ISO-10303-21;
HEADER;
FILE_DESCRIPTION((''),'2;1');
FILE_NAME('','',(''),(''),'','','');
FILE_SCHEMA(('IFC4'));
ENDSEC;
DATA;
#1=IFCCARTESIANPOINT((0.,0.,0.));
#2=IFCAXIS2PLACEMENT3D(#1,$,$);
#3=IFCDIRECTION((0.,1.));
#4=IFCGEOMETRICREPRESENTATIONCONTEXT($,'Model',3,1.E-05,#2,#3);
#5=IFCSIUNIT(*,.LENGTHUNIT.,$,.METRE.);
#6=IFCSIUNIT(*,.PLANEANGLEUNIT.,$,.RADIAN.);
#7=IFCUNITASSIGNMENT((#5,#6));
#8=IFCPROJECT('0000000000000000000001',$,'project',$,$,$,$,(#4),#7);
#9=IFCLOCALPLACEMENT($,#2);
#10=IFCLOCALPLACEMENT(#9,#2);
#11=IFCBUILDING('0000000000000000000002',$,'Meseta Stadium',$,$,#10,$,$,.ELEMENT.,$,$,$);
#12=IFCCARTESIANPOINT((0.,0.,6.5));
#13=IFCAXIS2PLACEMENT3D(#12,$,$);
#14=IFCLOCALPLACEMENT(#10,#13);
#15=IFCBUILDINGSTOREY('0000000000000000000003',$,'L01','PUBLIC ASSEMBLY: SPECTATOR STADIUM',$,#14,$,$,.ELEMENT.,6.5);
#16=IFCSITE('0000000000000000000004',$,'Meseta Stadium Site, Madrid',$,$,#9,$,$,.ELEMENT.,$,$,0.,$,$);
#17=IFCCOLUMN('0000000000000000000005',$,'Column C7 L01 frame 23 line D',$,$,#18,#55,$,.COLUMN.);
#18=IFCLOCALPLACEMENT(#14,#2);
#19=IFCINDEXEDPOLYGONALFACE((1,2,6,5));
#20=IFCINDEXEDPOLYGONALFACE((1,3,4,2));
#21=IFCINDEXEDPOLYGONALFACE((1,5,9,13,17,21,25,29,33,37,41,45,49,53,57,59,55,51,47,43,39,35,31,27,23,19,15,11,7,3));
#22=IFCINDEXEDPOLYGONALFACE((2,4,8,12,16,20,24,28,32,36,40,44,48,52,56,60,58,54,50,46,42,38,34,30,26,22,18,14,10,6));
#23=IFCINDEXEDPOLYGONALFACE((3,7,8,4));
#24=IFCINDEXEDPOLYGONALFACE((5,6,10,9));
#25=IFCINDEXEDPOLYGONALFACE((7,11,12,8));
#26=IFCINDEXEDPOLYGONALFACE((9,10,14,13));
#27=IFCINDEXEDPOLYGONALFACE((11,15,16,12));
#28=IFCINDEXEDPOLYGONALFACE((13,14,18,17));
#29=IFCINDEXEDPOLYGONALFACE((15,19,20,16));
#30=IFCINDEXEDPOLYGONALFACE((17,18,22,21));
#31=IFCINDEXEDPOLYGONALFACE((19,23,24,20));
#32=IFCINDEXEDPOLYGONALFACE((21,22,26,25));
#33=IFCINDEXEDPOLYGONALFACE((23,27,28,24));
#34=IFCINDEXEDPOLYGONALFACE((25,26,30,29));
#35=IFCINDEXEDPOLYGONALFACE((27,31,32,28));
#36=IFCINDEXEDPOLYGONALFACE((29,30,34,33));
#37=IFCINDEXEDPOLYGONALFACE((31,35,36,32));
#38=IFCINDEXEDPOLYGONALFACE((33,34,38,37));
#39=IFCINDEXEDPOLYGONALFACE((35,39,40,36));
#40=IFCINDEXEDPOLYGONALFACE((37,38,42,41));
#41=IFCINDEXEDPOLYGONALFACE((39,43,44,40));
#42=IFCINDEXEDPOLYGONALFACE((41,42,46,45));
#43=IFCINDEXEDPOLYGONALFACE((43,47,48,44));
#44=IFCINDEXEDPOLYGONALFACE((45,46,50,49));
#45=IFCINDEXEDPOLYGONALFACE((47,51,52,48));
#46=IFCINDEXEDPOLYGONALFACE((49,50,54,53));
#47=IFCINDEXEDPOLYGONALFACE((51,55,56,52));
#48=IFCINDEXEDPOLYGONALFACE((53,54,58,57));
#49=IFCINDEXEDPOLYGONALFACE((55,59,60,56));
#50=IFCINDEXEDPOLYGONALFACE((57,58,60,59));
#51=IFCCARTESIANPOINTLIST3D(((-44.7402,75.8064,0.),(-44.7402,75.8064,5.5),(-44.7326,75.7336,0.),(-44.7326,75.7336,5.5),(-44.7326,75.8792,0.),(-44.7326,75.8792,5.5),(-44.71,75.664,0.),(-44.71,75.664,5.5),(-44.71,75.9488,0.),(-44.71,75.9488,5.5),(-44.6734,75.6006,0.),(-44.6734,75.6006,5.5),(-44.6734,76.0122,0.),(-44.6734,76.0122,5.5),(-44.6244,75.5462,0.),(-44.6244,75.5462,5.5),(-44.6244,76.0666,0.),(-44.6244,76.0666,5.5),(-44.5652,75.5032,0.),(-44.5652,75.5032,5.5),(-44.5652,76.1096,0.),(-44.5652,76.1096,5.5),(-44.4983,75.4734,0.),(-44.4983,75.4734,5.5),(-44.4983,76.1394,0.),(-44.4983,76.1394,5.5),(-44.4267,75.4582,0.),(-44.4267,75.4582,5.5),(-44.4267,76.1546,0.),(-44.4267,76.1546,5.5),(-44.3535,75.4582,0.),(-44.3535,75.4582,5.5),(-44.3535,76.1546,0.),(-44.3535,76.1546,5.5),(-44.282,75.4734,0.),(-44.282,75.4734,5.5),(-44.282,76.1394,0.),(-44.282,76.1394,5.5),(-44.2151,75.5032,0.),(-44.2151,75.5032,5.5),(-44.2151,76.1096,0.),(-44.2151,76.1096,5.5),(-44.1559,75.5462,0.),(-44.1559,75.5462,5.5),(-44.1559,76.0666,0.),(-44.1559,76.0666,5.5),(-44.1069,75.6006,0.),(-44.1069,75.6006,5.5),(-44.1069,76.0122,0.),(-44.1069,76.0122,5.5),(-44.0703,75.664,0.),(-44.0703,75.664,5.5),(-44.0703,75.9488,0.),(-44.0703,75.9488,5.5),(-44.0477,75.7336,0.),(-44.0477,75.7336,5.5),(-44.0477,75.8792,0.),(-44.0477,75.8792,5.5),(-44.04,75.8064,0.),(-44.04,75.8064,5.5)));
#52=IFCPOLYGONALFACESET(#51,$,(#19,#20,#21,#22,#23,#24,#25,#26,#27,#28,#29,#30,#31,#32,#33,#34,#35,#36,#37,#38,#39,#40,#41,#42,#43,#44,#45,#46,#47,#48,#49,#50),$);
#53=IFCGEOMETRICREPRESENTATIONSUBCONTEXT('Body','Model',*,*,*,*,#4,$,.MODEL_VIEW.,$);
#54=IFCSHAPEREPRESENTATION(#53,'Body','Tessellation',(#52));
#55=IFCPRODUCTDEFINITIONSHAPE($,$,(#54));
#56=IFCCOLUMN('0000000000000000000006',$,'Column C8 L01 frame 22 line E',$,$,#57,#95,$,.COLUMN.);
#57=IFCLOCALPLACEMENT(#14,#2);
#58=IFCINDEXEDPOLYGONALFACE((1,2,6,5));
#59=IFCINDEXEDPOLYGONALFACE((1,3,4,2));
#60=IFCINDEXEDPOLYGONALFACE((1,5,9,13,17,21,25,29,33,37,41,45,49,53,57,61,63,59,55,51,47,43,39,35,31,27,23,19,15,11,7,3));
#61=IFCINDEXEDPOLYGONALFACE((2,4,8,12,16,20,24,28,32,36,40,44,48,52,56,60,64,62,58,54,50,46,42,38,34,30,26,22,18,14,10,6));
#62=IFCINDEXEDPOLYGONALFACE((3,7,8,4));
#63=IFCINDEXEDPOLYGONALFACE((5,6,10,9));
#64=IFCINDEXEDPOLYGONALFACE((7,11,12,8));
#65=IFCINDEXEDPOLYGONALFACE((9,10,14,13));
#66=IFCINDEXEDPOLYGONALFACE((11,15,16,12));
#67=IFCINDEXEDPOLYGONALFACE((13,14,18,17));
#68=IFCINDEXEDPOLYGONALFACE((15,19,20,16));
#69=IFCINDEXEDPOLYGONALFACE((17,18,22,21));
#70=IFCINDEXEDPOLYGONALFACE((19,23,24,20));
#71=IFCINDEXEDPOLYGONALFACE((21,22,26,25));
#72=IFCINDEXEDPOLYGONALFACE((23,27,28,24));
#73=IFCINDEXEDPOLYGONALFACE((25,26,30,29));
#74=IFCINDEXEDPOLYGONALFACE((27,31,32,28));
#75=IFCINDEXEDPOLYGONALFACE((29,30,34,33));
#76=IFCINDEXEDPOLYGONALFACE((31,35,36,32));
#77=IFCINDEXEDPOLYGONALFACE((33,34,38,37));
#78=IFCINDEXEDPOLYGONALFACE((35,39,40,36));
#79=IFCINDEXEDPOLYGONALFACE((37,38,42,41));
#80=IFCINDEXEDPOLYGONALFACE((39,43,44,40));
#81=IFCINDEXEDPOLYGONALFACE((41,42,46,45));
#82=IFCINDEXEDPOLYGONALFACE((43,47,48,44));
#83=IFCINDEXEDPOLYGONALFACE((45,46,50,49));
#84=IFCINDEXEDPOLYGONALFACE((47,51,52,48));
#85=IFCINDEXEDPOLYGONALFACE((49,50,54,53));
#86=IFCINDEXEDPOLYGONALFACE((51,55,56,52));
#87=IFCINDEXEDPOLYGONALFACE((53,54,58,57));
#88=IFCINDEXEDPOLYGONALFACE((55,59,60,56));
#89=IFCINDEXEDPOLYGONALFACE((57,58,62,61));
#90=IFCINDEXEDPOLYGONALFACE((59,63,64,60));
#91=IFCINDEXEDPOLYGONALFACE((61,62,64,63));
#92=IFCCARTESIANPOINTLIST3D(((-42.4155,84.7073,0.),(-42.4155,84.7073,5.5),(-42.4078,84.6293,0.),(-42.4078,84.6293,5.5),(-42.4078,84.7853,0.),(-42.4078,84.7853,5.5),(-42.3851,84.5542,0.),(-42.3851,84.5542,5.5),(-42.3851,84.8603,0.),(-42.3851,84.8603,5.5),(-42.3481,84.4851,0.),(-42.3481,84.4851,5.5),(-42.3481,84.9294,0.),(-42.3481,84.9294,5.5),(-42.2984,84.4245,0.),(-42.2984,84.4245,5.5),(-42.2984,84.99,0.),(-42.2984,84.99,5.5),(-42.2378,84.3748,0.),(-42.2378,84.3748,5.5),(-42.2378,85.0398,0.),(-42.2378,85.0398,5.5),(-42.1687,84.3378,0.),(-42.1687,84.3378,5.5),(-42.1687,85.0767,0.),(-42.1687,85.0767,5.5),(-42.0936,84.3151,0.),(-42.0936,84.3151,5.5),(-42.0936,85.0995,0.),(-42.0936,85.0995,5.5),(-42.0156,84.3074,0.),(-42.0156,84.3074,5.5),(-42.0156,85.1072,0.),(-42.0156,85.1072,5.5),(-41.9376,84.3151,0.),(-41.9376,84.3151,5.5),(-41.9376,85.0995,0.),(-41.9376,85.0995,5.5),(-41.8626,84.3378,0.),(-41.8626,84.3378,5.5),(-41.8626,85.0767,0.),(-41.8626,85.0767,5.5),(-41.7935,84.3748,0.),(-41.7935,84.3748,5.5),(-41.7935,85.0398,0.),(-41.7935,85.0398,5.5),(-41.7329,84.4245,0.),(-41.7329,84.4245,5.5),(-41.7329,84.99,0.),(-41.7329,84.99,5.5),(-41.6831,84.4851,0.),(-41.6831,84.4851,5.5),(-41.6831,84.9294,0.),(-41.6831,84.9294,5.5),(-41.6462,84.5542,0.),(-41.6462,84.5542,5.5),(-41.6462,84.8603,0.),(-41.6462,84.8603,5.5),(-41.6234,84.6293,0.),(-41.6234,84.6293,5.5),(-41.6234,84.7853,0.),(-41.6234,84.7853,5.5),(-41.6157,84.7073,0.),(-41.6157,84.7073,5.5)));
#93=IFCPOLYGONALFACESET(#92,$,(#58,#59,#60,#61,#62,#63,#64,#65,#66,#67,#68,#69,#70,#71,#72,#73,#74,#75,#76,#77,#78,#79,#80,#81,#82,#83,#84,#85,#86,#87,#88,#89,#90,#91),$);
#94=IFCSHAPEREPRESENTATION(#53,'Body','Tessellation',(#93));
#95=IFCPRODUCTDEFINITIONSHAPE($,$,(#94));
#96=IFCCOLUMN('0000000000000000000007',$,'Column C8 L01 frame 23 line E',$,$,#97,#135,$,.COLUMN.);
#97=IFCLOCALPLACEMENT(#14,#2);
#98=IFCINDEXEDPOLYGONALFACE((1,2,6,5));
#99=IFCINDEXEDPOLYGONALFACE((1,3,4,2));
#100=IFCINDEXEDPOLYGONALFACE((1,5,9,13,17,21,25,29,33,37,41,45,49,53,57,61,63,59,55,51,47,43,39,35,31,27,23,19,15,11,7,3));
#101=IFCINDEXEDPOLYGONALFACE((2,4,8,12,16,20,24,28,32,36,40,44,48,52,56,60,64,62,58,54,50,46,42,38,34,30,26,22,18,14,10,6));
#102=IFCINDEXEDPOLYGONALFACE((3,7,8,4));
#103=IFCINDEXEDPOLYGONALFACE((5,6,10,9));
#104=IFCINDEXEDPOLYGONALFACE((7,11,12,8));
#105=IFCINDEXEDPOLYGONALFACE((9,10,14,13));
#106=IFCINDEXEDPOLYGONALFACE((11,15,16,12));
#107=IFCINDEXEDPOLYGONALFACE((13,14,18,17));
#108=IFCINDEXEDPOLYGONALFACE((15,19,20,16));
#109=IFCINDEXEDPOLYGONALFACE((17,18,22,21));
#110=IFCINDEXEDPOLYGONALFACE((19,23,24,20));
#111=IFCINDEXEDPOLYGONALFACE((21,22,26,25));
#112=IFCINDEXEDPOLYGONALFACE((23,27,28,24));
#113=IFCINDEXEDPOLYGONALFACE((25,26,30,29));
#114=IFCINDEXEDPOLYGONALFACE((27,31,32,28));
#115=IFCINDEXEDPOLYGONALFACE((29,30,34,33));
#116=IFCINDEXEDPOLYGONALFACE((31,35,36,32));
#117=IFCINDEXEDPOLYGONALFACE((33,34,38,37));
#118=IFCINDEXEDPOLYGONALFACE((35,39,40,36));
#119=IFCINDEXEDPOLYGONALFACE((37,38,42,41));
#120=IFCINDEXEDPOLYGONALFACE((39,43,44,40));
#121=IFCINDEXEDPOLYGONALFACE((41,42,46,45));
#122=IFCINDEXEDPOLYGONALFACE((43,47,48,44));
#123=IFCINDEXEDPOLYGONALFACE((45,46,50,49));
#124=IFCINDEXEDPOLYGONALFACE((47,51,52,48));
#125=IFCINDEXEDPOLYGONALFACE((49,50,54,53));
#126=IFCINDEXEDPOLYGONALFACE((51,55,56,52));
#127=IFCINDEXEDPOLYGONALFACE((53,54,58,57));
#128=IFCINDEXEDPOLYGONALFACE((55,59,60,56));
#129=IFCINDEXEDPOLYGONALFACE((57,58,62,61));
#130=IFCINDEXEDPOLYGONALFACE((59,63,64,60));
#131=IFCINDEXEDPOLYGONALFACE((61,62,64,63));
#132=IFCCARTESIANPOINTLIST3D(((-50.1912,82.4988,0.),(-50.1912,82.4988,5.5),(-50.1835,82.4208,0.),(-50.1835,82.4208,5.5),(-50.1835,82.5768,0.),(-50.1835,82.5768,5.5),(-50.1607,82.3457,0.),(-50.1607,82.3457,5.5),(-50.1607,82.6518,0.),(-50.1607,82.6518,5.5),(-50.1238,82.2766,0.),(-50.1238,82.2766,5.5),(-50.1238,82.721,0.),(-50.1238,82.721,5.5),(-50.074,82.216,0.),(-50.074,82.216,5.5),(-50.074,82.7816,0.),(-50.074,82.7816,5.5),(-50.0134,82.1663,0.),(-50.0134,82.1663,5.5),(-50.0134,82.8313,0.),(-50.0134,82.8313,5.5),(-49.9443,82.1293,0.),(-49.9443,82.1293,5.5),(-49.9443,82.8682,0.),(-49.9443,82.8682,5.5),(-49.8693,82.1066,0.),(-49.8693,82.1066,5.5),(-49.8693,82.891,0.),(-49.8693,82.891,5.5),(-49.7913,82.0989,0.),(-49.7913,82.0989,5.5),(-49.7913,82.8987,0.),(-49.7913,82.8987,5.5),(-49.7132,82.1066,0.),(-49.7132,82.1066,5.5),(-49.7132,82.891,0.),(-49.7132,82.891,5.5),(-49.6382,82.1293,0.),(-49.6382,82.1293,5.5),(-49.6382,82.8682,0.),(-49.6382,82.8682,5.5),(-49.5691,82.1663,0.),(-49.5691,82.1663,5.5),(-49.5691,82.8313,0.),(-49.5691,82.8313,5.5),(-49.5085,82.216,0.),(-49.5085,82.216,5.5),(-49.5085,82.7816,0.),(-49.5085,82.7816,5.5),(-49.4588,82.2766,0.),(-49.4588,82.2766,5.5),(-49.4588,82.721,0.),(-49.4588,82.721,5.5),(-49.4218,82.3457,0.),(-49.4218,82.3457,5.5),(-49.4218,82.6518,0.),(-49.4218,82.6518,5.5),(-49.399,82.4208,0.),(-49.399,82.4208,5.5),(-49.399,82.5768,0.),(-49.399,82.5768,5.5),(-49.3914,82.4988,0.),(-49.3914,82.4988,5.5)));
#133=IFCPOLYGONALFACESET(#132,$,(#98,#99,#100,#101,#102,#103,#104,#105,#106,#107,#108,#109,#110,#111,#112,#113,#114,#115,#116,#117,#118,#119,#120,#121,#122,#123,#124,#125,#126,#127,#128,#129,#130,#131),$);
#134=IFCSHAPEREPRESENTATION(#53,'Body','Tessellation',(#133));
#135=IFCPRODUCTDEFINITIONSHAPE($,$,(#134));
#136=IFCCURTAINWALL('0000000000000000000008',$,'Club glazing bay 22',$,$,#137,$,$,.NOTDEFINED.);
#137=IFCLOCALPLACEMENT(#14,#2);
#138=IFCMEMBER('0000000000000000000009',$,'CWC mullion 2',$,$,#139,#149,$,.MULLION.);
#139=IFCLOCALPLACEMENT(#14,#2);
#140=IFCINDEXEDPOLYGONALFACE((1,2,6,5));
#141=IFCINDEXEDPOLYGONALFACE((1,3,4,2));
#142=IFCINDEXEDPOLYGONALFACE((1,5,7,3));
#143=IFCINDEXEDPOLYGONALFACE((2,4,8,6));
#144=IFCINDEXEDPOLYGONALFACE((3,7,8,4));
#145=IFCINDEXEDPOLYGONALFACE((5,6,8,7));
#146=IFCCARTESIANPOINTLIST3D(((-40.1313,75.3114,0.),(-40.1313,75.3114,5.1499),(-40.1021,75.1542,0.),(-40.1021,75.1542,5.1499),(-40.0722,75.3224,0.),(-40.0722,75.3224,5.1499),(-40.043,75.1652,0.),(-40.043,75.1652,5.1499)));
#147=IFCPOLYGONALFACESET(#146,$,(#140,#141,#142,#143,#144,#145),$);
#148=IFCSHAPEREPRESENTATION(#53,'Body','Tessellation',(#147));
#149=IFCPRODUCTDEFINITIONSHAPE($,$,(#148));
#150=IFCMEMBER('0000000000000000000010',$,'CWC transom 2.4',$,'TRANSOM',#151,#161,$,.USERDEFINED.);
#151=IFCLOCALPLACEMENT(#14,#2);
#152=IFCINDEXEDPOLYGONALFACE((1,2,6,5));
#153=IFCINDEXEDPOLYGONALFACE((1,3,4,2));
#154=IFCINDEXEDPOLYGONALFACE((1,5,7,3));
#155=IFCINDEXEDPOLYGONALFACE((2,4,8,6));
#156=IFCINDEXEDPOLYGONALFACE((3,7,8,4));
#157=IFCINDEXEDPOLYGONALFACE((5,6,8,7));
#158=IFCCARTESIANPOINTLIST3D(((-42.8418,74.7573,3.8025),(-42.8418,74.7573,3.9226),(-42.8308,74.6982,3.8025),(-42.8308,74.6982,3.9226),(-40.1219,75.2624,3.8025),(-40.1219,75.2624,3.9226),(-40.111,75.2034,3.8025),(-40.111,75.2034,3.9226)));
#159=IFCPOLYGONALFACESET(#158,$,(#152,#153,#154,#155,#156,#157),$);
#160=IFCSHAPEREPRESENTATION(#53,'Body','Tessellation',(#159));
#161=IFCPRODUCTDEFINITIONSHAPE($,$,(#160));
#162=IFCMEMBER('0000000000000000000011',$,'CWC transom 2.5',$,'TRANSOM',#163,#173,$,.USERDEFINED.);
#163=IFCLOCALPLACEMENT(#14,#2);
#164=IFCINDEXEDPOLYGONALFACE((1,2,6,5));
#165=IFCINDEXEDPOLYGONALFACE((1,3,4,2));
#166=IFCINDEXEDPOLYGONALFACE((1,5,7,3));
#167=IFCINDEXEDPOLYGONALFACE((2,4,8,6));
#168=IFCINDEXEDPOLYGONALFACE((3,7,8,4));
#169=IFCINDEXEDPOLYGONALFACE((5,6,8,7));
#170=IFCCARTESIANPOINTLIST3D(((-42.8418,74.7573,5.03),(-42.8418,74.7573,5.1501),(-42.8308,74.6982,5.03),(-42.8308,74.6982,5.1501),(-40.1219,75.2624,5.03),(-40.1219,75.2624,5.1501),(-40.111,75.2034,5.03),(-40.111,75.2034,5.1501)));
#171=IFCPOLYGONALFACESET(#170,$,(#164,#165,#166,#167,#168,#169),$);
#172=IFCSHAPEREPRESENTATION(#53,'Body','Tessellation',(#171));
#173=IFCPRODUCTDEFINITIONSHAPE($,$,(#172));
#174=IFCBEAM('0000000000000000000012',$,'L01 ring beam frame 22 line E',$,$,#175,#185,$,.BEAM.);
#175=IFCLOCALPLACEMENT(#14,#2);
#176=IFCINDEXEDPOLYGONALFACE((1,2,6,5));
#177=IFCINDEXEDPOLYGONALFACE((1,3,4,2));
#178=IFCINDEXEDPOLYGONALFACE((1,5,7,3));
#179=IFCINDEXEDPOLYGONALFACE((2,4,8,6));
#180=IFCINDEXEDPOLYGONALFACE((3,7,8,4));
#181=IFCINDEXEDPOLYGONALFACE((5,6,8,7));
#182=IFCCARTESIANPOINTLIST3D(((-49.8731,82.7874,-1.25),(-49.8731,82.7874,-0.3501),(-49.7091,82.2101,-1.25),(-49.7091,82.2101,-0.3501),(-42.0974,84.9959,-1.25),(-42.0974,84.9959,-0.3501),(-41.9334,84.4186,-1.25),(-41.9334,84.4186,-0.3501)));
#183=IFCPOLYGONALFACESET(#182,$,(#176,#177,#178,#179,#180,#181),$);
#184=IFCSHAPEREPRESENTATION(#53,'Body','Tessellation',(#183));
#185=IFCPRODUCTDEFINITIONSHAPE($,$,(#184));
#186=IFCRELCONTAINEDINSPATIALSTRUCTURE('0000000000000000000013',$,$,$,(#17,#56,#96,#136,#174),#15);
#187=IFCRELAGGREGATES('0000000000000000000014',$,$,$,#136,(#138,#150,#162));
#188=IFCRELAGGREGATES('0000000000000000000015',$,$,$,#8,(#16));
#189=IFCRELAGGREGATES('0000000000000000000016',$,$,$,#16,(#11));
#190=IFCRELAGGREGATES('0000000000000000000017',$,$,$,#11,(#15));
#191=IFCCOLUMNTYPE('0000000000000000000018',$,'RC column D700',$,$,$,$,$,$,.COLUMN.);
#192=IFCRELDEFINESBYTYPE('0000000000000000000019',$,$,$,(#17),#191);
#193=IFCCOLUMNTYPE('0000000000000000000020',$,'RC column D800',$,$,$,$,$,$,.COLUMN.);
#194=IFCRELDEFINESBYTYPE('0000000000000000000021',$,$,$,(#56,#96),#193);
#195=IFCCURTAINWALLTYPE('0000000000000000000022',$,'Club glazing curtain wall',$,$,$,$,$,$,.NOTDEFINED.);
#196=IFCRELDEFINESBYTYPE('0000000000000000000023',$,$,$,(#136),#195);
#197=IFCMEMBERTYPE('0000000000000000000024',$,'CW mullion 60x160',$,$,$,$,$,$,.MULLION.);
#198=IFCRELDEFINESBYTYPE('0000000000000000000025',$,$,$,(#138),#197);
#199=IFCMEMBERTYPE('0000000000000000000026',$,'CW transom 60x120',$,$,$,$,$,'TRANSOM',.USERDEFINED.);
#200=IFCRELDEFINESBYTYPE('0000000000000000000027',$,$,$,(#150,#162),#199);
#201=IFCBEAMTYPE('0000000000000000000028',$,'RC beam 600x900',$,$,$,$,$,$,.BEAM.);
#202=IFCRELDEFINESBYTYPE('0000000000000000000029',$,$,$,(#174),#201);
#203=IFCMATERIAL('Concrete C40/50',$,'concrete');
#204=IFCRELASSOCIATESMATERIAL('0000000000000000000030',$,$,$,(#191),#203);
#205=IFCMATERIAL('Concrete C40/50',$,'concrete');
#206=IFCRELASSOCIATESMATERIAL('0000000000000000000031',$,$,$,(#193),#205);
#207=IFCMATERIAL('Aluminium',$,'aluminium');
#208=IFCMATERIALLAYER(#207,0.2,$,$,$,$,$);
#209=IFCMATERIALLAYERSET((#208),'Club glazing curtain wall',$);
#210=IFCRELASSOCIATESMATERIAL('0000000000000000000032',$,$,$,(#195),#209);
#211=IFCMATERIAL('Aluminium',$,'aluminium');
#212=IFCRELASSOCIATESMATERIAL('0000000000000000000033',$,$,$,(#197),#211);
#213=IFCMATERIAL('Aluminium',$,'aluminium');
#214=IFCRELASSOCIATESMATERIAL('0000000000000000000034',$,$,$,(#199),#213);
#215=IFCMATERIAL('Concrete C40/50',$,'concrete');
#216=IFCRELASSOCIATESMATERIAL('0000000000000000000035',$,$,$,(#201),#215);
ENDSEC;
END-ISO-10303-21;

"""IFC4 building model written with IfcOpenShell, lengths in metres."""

from ifc_helpers import new_model, si_unit, direction, frame, origin, origin_2d, place, context, subcontext, project, spatial, rectangle, circle, extrude, material, layer, layer_set, material_profile, profile_set, type_object, element, aggregate, save


model = new_model("IFC4")

# Units and contexts
model_context = context("Model", 3, precision=1e-05, world=origin(), true_north=direction((0.0, 1.0)))
body_context = subcontext(model_context, "Body", "Model", "MODEL_VIEW")
ifc_project = project(units=[si_unit("LENGTHUNIT", "METRE"), si_unit("PLANEANGLEUNIT", "RADIAN")], contexts=[model_context])

# Site, building, storey
site_placement = place(None, origin())
site = spatial("IfcSite", under=ifc_project, at=site_placement, Name="Meseta Stadium Site, Madrid", CompositionType="ELEMENT", RefElevation=0.0)
building_placement = place(site_placement, origin())
building = spatial("IfcBuilding", under=site, at=building_placement, Name="Meseta Stadium", CompositionType="ELEMENT")
storey_placement = place(building_placement, frame((0.0, 0.0, 6.5)))
storey = spatial("IfcBuildingStorey", under=building, at=storey_placement, Name="L01", Description="PUBLIC ASSEMBLY: SPECTATOR STADIUM", CompositionType="ELEMENT", Elevation=6.5)

# Columns
ifc_material_1 = material(Name="Concrete C40/50", Category="concrete")
ifc_material_profile_1 = material_profile(ifc_material_1, circle(Radius=0.3501, at=origin_2d()), Name="RC D700")
ifc_profile_set_1 = profile_set([ifc_material_profile_1], Name="Concrete C40/50")
column_type_1 = type_object("IfcColumnType", Name="RC column D700", PredefinedType="COLUMN", material=ifc_profile_set_1)
column_placement = place(storey_placement, frame((-44.3901, 75.8064, 0.0), z_axis=(0.0, 0.0, 1.0), x_axis=(1.0, 0.0, 0.0)))
element("IfcColumn", 1, at=column_placement, inside=storey, type_object=column_type_1, Name="Column C7 L01 frame 23 line D", PredefinedType="COLUMN", context=body_context, shape_type="SweptSolid", body=[
    extrude(circle(Radius=0.3501, at=origin_2d()), origin(), (0.0, 0.0, 1.0), 5.5),
])
ifc_material_2 = material(Name="Concrete C40/50", Category="concrete")
ifc_material_profile_2 = material_profile(ifc_material_2, circle(Radius=0.3999, at=origin_2d()), Name="RC D800")
ifc_profile_set_2 = profile_set([ifc_material_profile_2], Name="Concrete C40/50")
column_type_2 = type_object("IfcColumnType", Name="RC column D800", PredefinedType="COLUMN", material=ifc_profile_set_2)
for number, where, z_axis, x_axis, name in (
    (2, (-42.0156, 84.7073, 0.0), (0.0, 0.0, 1.0), (1.0, 0.0, 0.0), "Column C8 L01 frame 22 line E"),
    (3, (-49.7913, 82.4988, 0.0), (0.0, 0.0, 1.0), (1.0, 0.0, 0.0), "Column C8 L01 frame 23 line E"),
):
    element("IfcColumn", number, at=place(storey_placement, frame(where, z_axis=z_axis, x_axis=x_axis)), inside=storey, type_object=column_type_2, Name=name, PredefinedType="COLUMN", context=body_context, shape_type="SweptSolid", body=[
        extrude(circle(Radius=0.3999, at=origin_2d()), origin(), (0.0, 0.0, 1.0), 5.5),
    ])

# Curtain wall, members
ifc_material_3 = material(Name="Aluminium", Category="aluminium")
ifc_layer_1 = layer(ifc_material_3, 0.2)
ifc_layer_set_1 = layer_set([ifc_layer_1], Name="Club glazing curtain wall")
curtain_wall_type = type_object("IfcCurtainWallType", Name="Club glazing curtain wall", PredefinedType="NOTDEFINED", material=ifc_layer_set_1)
curtain_wall_placement = place(storey_placement, origin())
curtain_wall = element("IfcCurtainWall", 4, at=curtain_wall_placement, inside=storey, type_object=curtain_wall_type, Name="Club glazing bay 22", PredefinedType="NOTDEFINED")
ifc_material_4 = material(Name="Aluminium", Category="aluminium")
ifc_material_profile_3 = material_profile(ifc_material_4, rectangle(XDim=0.1599, YDim=0.0601, at=origin_2d()), Name="CW 160x60")
ifc_profile_set_3 = profile_set([ifc_material_profile_3], Name="Aluminium")
member_type_1 = type_object("IfcMemberType", Name="CW mullion 60x160", PredefinedType="MULLION", material=ifc_profile_set_3)
member_1_placement = place(storey_placement, frame((-40.0872, 75.2383, 0.0), z_axis=(0.0, 0.0, 1.0), x_axis=(0.1826, -0.983187, 0.0)))
member_1 = element("IfcMember", 5, at=member_1_placement, type_object=member_type_1, Name="CWC mullion 2", PredefinedType="MULLION", context=body_context, shape_type="SweptSolid", body=[
    extrude(rectangle(XDim=0.1599, YDim=0.0601, at=origin_2d()), origin(), (0.0, 0.0, 1.0), 5.1499),
])
ifc_material_5 = material(Name="Aluminium", Category="aluminium")
ifc_material_profile_4 = material_profile(ifc_material_5, rectangle(XDim=0.0601, YDim=0.1201, at=origin_2d()), Name="CW 60x120")
ifc_profile_set_4 = profile_set([ifc_material_profile_4], Name="Aluminium")
member_type_2 = type_object("IfcMemberType", Name="CW transom 60x120", ElementType="TRANSOM", PredefinedType="USERDEFINED", material=ifc_profile_set_4)
member_2_placement = place(storey_placement, frame((-40.1165, 75.2329, 3.8625), z_axis=(-0.983186, -0.182604, 0.0), x_axis=(0.182604, -0.983186, 0.0)))
member_2 = element("IfcMember", 6, at=member_2_placement, type_object=member_type_2, Name="CWC transom 2.4", ObjectType="TRANSOM", PredefinedType="USERDEFINED", context=body_context, shape_type="SweptSolid", body=[
    extrude(rectangle(XDim=0.0601, YDim=0.1201, at=origin_2d()), origin(), (0.0, 0.0, 1.0), 2.7664),
])
member_3_placement = place(storey_placement, frame((-40.1165, 75.2329, 5.0901), z_axis=(-0.983186, -0.182604, 0.0), x_axis=(0.182604, -0.983186, 0.0)))
member_3 = element("IfcMember", 7, at=member_3_placement, type_object=member_type_2, Name="CWC transom 2.5", ObjectType="TRANSOM", PredefinedType="USERDEFINED", context=body_context, shape_type="SweptSolid", body=[
    extrude(rectangle(XDim=0.0601, YDim=0.1201, at=origin_2d()), origin(), (0.0, 0.0, 1.0), 2.7664),
])
aggregate(curtain_wall, [member_1, member_2, member_3])

# Beam
ifc_material_6 = material(Name="Concrete C40/50", Category="concrete")
ifc_material_profile_5 = material_profile(ifc_material_6, rectangle(XDim=0.6001, YDim=0.8999, at=origin_2d()), Name="RC 600x900")
ifc_profile_set_5 = profile_set([ifc_material_profile_5], Name="Concrete C40/50")
beam_type = type_object("IfcBeamType", Name="RC beam 600x900", PredefinedType="BEAM", material=ifc_profile_set_5)
beam_1_placement = place(storey_placement, frame((-42.0154, 84.7073, -0.8), z_axis=(-0.961951, -0.273221, 0.0), x_axis=(0.273221, -0.961951, 0.0)))
element("IfcBeam", 8, at=beam_1_placement, inside=storey, type_object=beam_type, Name="L01 ring beam frame 22 line E", PredefinedType="BEAM", context=body_context, shape_type="SweptSolid", body=[
    extrude(rectangle(XDim=0.6001, YDim=0.8999, at=origin_2d()), origin(), (0.0, 0.0, 1.0), 8.0833),
])

save(model, "model.ifc")
